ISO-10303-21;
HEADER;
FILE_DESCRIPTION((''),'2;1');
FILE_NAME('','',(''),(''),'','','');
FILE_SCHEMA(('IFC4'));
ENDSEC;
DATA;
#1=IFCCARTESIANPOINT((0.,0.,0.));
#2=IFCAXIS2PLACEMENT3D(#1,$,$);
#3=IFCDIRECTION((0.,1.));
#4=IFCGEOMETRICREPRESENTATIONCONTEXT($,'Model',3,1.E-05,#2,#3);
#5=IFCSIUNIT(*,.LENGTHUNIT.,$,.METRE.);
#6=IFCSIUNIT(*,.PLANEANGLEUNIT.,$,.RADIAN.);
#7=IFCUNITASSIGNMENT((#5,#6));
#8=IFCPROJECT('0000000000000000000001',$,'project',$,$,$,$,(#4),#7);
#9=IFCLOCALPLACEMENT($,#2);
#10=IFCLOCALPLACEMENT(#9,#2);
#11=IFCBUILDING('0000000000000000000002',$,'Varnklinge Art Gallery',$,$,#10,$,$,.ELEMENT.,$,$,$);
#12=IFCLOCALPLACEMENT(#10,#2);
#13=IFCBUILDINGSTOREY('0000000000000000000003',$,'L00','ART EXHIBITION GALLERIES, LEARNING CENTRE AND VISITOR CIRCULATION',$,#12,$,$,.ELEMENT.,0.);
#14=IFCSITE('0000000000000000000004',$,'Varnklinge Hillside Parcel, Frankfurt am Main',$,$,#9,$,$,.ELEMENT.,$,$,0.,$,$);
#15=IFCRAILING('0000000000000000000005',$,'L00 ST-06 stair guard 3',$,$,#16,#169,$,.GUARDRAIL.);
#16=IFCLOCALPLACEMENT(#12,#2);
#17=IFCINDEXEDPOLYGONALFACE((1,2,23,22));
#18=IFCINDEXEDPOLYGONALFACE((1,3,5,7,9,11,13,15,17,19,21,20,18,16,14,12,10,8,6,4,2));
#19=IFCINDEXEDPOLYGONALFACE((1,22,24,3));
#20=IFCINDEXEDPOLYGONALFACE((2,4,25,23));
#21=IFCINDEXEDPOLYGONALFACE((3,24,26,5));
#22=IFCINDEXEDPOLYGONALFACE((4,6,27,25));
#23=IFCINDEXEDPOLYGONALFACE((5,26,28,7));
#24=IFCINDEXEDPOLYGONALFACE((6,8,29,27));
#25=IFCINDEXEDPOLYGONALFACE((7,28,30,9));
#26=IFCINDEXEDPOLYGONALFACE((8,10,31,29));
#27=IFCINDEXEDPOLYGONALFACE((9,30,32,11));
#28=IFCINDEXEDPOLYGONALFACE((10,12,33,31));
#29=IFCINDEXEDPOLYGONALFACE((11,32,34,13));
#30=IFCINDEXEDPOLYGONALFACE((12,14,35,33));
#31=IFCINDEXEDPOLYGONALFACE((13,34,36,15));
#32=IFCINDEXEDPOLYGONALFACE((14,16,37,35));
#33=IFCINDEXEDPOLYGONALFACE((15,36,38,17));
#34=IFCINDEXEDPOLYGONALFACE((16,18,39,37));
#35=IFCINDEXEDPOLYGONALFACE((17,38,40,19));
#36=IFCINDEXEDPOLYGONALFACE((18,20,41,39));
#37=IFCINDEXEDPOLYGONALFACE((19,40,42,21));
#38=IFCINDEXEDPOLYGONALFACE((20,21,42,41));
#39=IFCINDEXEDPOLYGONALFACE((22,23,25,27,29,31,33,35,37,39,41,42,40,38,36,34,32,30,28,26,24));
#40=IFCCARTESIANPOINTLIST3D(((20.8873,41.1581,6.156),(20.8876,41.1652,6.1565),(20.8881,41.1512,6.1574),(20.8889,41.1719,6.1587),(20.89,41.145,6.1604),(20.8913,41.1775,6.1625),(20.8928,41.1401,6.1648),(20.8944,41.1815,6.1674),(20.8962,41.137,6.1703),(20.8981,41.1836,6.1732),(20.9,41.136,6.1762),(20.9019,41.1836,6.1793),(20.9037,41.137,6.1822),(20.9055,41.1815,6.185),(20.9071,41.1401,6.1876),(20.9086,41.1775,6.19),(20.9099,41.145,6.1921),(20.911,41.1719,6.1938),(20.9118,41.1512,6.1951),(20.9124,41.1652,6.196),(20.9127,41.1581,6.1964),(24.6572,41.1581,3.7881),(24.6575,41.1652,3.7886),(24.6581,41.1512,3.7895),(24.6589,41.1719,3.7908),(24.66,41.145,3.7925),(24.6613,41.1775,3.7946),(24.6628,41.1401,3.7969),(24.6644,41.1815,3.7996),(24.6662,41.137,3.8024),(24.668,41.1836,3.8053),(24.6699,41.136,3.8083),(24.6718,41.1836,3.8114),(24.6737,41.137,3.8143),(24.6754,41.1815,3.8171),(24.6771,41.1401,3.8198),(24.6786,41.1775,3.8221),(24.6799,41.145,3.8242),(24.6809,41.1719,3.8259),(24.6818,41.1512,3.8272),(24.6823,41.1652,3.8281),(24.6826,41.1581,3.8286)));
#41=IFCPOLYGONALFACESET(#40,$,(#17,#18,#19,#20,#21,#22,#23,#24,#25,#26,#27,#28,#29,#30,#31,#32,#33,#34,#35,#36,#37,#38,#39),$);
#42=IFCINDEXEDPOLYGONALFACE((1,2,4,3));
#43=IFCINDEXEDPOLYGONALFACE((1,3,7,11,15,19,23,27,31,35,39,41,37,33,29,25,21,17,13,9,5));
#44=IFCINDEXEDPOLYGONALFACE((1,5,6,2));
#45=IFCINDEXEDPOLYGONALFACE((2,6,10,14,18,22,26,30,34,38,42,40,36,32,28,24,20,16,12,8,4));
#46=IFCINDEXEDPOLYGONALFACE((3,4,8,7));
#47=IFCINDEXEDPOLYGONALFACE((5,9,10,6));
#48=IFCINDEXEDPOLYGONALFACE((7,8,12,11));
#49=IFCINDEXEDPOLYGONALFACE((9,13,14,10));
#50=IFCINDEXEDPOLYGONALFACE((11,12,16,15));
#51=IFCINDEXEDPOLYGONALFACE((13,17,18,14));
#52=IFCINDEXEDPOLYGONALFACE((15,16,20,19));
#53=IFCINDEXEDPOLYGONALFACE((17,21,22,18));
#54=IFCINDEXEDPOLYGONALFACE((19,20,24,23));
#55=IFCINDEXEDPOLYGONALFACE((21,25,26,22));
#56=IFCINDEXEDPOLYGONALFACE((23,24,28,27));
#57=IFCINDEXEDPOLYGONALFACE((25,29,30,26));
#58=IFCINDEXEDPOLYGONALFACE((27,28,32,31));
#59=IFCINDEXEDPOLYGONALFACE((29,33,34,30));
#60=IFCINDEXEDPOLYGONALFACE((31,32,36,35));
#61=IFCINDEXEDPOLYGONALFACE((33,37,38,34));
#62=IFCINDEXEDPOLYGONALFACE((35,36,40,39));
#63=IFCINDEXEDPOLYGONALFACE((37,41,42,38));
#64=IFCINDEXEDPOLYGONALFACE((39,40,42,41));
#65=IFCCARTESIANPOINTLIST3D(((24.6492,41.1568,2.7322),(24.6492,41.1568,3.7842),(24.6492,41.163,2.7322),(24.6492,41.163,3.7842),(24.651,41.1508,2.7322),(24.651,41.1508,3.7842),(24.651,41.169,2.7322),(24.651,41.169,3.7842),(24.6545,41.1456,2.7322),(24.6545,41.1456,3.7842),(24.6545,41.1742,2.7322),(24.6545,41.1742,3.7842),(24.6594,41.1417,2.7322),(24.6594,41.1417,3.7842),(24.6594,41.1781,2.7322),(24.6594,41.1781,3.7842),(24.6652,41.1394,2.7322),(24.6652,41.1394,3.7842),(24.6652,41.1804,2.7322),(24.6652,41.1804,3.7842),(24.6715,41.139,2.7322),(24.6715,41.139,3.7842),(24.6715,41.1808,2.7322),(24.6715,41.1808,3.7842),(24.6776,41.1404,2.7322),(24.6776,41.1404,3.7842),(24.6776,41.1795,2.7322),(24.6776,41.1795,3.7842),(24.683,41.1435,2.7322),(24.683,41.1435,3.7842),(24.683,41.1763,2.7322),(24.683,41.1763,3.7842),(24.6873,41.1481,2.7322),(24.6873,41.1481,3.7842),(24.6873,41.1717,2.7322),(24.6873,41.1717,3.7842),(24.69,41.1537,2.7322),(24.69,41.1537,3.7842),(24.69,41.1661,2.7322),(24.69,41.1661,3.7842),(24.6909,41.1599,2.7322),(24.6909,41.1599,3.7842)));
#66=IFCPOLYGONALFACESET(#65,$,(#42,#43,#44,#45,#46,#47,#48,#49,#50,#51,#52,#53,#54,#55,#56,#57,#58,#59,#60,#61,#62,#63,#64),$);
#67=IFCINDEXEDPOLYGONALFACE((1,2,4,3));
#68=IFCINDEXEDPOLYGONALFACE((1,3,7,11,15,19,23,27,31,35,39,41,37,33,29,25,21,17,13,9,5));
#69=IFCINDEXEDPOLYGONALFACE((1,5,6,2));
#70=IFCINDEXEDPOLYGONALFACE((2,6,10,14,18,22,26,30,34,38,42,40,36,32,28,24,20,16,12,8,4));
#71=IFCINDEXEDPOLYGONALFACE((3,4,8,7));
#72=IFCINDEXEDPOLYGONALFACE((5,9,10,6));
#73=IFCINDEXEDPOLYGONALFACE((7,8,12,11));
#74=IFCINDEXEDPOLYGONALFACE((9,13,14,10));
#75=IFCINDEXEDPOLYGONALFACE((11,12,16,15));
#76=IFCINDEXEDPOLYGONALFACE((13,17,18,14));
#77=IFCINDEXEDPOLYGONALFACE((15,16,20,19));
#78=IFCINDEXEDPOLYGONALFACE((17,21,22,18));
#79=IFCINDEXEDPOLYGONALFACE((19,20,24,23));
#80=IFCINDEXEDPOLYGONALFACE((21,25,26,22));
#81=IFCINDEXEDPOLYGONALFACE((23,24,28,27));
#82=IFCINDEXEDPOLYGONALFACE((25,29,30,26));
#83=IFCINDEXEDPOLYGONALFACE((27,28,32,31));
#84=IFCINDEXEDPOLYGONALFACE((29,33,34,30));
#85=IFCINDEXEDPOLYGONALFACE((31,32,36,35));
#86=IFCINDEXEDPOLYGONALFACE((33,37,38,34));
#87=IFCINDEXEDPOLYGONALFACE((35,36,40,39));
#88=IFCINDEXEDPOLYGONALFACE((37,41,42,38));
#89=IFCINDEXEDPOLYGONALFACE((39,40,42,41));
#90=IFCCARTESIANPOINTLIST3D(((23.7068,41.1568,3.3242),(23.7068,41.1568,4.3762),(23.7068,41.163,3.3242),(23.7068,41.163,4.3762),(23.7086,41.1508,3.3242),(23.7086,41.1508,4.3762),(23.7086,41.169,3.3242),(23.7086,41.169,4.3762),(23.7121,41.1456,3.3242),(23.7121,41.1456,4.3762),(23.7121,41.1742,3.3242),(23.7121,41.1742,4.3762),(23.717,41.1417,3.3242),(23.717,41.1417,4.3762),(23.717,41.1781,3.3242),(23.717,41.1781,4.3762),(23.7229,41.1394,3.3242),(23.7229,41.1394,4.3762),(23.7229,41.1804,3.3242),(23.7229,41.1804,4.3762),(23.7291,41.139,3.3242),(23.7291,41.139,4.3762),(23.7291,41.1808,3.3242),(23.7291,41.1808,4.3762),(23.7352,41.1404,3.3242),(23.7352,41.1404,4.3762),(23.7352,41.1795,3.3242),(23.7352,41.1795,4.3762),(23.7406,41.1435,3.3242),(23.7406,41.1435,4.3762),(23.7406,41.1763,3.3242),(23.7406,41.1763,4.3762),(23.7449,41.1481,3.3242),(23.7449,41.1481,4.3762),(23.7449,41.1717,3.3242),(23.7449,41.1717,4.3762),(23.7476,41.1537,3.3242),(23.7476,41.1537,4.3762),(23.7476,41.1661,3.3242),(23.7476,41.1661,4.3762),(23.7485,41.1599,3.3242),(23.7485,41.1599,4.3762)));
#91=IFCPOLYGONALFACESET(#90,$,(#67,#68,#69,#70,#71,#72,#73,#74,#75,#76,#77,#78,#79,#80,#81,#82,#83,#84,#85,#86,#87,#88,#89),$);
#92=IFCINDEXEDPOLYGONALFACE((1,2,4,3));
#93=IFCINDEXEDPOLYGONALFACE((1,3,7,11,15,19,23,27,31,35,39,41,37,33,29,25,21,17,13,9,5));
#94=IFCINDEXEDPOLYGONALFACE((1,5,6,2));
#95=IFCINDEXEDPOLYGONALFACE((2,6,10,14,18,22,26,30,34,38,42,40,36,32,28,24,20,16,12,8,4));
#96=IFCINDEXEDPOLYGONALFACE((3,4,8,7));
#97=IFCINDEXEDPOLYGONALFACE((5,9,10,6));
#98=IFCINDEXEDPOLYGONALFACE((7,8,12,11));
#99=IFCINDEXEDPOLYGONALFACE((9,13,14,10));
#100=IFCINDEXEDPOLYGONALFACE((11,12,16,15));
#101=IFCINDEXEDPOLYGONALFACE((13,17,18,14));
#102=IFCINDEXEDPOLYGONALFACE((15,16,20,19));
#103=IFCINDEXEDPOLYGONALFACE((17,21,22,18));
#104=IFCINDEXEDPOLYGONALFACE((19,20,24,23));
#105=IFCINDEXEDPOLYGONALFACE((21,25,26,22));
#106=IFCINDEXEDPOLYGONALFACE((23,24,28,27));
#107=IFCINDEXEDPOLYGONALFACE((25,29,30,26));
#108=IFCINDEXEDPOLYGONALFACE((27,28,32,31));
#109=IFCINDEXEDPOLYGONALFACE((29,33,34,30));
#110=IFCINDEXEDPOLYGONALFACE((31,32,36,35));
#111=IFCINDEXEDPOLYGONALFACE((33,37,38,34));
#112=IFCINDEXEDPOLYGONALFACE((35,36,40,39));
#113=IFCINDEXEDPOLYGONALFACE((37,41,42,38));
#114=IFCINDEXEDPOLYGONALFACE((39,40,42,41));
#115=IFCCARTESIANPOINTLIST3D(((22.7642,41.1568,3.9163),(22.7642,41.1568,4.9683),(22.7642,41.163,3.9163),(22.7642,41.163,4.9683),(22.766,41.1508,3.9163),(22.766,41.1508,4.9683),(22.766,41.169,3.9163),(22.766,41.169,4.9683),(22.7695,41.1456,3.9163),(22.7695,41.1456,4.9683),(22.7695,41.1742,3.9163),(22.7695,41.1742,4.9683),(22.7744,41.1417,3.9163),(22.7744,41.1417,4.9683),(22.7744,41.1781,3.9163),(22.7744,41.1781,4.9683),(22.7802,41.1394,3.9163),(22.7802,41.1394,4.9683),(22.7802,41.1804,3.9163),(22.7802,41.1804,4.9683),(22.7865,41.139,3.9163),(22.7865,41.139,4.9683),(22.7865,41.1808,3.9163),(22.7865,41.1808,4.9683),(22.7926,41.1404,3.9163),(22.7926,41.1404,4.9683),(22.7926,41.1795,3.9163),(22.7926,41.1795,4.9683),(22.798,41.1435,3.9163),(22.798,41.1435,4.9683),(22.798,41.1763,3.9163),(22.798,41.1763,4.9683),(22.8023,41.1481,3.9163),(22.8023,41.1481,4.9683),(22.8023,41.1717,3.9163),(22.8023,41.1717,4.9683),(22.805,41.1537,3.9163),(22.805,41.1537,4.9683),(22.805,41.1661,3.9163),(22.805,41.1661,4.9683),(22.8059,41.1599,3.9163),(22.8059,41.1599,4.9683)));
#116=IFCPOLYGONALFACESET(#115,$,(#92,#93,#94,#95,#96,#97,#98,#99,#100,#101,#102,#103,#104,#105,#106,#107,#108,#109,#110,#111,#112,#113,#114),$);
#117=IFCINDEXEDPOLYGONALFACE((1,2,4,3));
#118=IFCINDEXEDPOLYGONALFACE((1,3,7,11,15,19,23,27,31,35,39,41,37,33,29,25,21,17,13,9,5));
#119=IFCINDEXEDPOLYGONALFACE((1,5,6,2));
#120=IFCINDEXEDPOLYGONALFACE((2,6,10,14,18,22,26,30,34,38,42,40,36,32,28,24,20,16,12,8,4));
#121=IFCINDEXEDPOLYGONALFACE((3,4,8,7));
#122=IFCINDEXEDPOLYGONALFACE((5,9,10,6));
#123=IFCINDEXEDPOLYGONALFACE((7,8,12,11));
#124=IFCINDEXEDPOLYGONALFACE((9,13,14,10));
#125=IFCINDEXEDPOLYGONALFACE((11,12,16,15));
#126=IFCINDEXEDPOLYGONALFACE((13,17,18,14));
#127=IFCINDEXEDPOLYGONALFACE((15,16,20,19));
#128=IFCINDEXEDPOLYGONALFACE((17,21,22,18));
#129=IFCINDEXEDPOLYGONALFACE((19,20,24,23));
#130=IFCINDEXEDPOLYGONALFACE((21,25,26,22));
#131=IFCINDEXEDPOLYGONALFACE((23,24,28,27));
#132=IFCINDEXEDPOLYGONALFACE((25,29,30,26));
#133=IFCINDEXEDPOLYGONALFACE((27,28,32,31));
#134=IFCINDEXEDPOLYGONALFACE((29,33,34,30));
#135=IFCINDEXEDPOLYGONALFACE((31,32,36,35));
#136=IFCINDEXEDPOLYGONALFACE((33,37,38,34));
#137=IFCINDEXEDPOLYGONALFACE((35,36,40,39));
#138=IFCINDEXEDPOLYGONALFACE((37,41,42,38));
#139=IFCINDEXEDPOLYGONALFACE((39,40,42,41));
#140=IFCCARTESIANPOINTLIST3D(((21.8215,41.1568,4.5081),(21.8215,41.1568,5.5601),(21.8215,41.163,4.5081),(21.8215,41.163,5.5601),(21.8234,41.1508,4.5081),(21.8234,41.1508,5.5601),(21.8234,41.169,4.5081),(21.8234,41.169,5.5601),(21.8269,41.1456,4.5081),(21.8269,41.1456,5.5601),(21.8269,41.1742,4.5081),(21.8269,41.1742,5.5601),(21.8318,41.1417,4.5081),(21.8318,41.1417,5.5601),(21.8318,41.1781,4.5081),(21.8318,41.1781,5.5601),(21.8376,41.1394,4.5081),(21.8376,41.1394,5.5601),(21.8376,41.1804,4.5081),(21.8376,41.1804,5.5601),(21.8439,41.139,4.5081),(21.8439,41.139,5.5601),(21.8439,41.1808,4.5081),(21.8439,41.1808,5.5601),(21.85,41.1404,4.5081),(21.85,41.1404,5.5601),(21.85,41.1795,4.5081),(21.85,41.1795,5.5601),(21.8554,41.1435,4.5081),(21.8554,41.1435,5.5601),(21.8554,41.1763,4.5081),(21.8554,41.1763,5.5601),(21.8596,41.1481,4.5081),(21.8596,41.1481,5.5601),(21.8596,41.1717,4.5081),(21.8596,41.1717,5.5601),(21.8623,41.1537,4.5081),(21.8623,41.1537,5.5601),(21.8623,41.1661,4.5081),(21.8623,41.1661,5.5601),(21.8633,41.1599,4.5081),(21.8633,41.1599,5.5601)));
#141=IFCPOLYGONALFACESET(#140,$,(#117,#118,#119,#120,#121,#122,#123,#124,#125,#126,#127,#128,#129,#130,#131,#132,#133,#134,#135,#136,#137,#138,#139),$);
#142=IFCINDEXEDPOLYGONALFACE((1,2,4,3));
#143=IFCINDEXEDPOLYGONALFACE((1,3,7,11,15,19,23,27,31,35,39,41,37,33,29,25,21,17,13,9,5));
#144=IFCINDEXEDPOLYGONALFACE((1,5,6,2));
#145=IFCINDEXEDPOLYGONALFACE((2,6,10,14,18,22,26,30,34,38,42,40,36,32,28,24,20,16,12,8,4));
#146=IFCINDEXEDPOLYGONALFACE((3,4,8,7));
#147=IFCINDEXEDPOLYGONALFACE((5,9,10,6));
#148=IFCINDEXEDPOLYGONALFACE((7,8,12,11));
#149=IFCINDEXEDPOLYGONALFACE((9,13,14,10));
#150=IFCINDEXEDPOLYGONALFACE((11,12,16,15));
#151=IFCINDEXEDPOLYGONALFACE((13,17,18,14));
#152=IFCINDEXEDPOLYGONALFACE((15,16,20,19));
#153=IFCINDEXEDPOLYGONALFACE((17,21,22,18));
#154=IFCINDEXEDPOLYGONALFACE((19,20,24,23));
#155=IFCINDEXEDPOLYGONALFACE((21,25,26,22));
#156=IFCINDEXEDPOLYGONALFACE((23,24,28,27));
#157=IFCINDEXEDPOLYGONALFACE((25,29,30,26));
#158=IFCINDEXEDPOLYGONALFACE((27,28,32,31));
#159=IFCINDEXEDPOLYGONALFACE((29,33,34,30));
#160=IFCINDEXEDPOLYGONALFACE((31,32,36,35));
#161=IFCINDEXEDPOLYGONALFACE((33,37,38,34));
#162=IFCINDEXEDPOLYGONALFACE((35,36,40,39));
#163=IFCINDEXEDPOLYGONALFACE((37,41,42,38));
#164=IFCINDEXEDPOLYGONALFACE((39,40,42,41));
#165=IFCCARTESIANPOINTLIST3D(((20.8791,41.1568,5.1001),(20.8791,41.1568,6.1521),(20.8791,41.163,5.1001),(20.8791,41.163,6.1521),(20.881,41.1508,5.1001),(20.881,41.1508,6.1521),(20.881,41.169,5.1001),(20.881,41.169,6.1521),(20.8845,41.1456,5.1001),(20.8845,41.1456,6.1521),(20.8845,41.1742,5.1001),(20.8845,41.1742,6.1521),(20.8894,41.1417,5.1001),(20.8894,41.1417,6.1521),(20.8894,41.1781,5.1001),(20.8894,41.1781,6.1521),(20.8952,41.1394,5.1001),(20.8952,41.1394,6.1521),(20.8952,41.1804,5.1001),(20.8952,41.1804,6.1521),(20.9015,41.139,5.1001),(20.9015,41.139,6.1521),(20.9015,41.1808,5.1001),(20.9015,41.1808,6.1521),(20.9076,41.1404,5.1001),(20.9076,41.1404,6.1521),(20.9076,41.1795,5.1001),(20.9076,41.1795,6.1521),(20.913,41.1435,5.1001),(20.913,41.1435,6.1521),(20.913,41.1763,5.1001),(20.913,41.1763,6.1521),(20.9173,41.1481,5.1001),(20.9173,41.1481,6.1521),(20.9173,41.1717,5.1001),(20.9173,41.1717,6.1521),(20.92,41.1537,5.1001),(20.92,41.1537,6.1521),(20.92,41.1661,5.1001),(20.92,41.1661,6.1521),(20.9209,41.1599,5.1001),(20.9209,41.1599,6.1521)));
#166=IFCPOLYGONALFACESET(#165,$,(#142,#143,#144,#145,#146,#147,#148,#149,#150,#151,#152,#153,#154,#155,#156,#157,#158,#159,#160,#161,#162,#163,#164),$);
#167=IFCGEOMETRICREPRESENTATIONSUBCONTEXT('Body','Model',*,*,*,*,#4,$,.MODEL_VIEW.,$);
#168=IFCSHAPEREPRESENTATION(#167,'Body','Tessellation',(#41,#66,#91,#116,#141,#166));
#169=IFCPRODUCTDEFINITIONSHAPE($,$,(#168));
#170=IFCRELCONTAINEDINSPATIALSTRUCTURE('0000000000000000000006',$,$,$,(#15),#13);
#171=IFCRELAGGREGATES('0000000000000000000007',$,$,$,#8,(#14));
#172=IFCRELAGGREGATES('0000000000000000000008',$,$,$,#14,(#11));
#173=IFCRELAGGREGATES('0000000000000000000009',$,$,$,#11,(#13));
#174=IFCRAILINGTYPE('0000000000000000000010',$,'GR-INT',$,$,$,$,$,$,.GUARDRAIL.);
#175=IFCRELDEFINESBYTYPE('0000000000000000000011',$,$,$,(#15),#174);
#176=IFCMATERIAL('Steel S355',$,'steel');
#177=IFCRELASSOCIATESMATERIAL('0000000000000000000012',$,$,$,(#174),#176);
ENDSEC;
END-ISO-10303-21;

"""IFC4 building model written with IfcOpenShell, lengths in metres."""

from ifc_helpers import new_model, si_unit, direction, frame, origin, origin_2d, place, context, subcontext, project, spatial, circle, extrude, material, type_object, element, save


model = new_model("IFC4")

# Units and contexts
model_context = context("Model", 3, precision=1e-05, world=origin(), true_north=direction((0.0, 1.0)))
body_context = subcontext(model_context, "Body", "Model", "MODEL_VIEW")
ifc_project = project(units=[si_unit("LENGTHUNIT", "METRE"), si_unit("PLANEANGLEUNIT", "RADIAN")], contexts=[model_context])

# Site, building, storey
site_placement = place(None, origin())
site = spatial("IfcSite", under=ifc_project, at=site_placement, Name="Varnklinge Hillside Parcel, Frankfurt am Main", CompositionType="ELEMENT", RefElevation=0.0)
building_placement = place(site_placement, origin())
building = spatial("IfcBuilding", under=site, at=building_placement, Name="Varnklinge Art Gallery", CompositionType="ELEMENT")
storey_placement = place(building_placement, origin())
storey = spatial("IfcBuildingStorey", under=building, at=storey_placement, Name="L00", Description="ART EXHIBITION GALLERIES, LEARNING CENTRE AND VISITOR CIRCULATION", CompositionType="ELEMENT", Elevation=0.0)

# Railing
ifc_material_1 = material(Name="Steel S355", Category="steel")
railing_type_1 = type_object("IfcRailingType", Name="GR-INT", PredefinedType="GUARDRAIL", material=ifc_material_1)
railing_1_placement = place(storey_placement, frame((24.6699, 41.1599, 2.7322)))
element("IfcRailing", 1, at=railing_1_placement, inside=storey, type_object=railing_type_1, Name="L00 ST-06 stair guard 3", PredefinedType="GUARDRAIL", context=body_context, shape_type="SweptSolid", body=[
    extrude(circle(Radius=0.0239, at=origin_2d()), frame((0.0, 0.0, 1.0762), z_axis=(-0.846819, 0.0, 0.531881), x_axis=(0.0, -1.0, 0.0)), (0.0, 0.0, 1.0), 4.4519),
    extrude(circle(Radius=0.021, at=origin_2d()), origin(), (0.0, 0.0, 1.0), 1.052),
    extrude(circle(Radius=0.021, at=origin_2d()), frame((-0.9424, 0.0, 0.592)), (0.0, 0.0, 1.0), 1.052),
    extrude(circle(Radius=0.021, at=origin_2d()), frame((-1.885, 0.0, 1.1841)), (0.0, 0.0, 1.0), 1.052),
    extrude(circle(Radius=0.021, at=origin_2d()), frame((-2.8276, 0.0, 1.7759)), (0.0, 0.0, 1.0), 1.052),
    extrude(circle(Radius=0.021, at=origin_2d()), frame((-3.77, 0.0, 2.3679)), (0.0, 0.0, 1.0), 1.052),
])

save(model, "model.ifc")
